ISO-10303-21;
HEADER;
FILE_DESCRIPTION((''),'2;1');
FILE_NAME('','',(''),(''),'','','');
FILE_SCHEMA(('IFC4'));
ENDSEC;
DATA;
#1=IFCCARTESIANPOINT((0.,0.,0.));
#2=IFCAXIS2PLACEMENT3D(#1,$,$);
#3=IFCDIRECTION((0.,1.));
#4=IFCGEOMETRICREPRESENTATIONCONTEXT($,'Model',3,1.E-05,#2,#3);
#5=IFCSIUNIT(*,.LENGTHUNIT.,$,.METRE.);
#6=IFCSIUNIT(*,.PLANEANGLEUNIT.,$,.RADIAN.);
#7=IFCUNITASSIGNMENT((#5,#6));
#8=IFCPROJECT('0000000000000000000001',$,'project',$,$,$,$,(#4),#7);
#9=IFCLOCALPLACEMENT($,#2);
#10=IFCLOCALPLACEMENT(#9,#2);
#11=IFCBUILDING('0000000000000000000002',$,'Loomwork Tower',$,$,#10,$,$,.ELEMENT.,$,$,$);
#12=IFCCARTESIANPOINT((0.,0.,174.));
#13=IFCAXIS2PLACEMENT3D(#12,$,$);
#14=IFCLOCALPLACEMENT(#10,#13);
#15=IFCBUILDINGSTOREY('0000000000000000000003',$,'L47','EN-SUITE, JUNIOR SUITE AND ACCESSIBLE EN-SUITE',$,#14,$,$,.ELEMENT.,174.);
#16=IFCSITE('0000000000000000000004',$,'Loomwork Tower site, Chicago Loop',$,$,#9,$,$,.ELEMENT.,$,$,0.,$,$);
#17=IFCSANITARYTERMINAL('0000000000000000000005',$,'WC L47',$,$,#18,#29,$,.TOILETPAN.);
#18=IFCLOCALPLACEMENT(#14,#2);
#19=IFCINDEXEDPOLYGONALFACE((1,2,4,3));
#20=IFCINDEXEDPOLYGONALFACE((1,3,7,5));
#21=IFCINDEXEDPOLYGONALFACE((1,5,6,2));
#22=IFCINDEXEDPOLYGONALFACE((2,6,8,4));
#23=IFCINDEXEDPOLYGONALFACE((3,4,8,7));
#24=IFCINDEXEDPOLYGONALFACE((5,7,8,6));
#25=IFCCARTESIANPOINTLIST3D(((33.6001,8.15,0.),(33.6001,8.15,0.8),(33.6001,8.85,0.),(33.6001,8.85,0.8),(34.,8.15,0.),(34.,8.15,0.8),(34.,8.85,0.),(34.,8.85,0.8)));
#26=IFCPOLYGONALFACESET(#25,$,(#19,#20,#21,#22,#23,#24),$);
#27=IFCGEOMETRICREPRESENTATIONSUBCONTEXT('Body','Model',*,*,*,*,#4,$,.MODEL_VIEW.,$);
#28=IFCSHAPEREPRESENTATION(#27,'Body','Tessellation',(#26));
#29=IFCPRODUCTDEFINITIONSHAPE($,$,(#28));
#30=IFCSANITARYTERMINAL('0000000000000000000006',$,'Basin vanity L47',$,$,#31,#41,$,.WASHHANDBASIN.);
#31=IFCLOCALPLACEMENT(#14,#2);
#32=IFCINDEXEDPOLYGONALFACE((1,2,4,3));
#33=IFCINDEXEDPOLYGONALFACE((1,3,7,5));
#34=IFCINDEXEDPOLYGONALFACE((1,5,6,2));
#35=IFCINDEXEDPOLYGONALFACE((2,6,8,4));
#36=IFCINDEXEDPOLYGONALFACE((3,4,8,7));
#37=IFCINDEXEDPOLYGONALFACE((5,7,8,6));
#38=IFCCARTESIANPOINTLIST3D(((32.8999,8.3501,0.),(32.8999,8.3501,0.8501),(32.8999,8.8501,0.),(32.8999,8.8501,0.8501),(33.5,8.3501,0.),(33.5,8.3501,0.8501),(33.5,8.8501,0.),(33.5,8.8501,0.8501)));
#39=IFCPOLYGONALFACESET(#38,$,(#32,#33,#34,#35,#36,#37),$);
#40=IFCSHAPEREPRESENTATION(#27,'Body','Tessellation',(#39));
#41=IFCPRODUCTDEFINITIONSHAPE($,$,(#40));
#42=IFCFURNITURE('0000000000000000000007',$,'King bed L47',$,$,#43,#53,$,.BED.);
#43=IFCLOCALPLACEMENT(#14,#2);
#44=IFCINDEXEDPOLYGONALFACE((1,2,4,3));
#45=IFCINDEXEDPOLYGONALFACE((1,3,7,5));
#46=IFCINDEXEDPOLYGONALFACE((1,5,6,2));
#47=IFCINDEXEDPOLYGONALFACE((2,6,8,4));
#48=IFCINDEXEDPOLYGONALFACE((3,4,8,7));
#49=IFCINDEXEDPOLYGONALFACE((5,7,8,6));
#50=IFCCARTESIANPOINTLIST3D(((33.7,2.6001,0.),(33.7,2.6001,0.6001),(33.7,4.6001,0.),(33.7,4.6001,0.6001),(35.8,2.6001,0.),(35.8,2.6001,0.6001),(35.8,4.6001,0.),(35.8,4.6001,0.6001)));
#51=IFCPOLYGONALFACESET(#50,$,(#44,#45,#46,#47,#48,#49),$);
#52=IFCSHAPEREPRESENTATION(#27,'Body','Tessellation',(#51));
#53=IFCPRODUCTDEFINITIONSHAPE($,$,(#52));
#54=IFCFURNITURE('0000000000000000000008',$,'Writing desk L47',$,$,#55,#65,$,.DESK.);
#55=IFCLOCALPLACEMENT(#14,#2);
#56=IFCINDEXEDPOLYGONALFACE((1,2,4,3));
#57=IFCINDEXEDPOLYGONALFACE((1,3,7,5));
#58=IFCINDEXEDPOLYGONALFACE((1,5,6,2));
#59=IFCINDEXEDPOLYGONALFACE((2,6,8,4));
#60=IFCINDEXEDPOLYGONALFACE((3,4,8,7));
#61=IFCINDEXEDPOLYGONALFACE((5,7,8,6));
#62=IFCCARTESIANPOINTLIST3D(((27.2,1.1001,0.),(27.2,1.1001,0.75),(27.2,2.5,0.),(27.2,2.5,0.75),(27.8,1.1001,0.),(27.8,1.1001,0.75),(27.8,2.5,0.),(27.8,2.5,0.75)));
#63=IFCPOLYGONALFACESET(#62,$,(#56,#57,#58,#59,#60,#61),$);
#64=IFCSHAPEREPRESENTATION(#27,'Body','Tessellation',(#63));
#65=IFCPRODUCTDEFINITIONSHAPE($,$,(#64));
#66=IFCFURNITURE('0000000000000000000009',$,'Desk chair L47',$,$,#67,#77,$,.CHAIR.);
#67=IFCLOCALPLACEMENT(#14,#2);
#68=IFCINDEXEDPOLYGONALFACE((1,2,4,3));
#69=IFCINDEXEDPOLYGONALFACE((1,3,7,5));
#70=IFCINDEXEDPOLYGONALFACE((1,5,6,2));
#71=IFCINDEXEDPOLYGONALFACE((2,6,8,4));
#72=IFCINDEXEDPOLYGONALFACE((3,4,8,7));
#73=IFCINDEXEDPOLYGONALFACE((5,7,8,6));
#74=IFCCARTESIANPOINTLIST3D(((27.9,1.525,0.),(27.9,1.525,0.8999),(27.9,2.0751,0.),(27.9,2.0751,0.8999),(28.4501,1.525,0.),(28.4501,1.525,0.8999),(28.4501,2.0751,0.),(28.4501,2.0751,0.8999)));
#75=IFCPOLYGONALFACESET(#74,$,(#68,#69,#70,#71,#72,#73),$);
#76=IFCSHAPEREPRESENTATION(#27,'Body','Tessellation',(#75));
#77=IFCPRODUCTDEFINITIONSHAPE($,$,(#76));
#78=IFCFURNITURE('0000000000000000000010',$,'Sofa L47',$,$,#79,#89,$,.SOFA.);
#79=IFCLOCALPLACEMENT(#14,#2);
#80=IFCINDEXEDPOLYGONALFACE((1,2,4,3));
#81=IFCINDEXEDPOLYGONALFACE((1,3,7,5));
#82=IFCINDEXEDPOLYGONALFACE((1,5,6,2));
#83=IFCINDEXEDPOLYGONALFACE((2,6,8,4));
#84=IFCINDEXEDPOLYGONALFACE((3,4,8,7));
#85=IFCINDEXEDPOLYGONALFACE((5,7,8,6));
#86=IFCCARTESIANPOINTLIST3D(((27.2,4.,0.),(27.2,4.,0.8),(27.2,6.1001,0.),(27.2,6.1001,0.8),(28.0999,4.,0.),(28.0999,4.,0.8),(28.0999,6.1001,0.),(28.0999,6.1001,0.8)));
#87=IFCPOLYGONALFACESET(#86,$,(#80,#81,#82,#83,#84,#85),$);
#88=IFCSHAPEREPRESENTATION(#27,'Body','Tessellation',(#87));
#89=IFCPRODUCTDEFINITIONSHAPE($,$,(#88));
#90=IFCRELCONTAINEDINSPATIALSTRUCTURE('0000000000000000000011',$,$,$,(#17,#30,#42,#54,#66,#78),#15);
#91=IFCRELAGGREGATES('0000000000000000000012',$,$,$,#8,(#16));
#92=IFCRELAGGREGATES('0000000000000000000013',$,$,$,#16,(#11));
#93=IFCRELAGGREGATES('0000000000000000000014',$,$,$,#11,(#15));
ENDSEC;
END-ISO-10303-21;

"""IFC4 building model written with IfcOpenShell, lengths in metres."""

from ifc_helpers import new_model, si_unit, direction, frame, origin, origin_2d, place, context, subcontext, project, spatial, rectangle, extrude, element, save


model = new_model("IFC4")

# Units and contexts
model_context = context("Model", 3, precision=1e-05, world=origin(), true_north=direction((0.0, 1.0)))
body_context = subcontext(model_context, "Body", "Model", "MODEL_VIEW")
ifc_project = project(units=[si_unit("LENGTHUNIT", "METRE"), si_unit("PLANEANGLEUNIT", "RADIAN")], contexts=[model_context])

# Site, building, storey
site_placement = place(None, origin())
site = spatial("IfcSite", under=ifc_project, at=site_placement, Name="Loomwork Tower site, Chicago Loop", CompositionType="ELEMENT", RefElevation=0.0)
building_placement = place(site_placement, origin())
building = spatial("IfcBuilding", under=site, at=building_placement, Name="Loomwork Tower", CompositionType="ELEMENT")
storey_placement = place(building_placement, frame((0.0, 0.0, 174.0)))
storey = spatial("IfcBuildingStorey", under=building, at=storey_placement, Name="L47", Description="EN-SUITE, JUNIOR SUITE AND ACCESSIBLE EN-SUITE", CompositionType="ELEMENT", Elevation=174.0)

# Sanitary terminals
sanitary_terminal_1_placement = place(storey_placement, frame((33.8, 8.5, 0.0), z_axis=(0.0, 0.0, 1.0), x_axis=(1.0, 0.0, 0.0)))
element("IfcSanitaryTerminal", 1, at=sanitary_terminal_1_placement, inside=storey, Name="WC L47", PredefinedType="TOILETPAN", context=body_context, shape_type="SweptSolid", body=[
    extrude(rectangle(XDim=0.3999, YDim=0.7, at=origin_2d()), origin(), (0.0, 0.0, 1.0), 0.8),
])
sanitary_terminal_2_placement = place(storey_placement, frame((33.2, 8.6001, 0.0), z_axis=(0.0, 0.0, 1.0), x_axis=(1.0, 0.0, 0.0)))
element("IfcSanitaryTerminal", 2, at=sanitary_terminal_2_placement, inside=storey, Name="Basin vanity L47", PredefinedType="WASHHANDBASIN", context=body_context, shape_type="SweptSolid", body=[
    extrude(rectangle(XDim=0.6001, YDim=0.5, at=origin_2d()), origin(), (0.0, 0.0, 1.0), 0.8501),
])

# Furniture
furniture_1_placement = place(storey_placement, frame((34.75, 3.6001, 0.0), z_axis=(0.0, 0.0, 1.0), x_axis=(1.0, 0.0, 0.0)))
element("IfcFurniture", 3, at=furniture_1_placement, inside=storey, Name="King bed L47", PredefinedType="BED", context=body_context, shape_type="SweptSolid", body=[
    extrude(rectangle(XDim=2.1001, YDim=2.0, at=origin_2d()), origin(), (0.0, 0.0, 1.0), 0.6001),
])
furniture_2_placement = place(storey_placement, frame((27.5, 1.8, 0.0), z_axis=(0.0, 0.0, 1.0), x_axis=(1.0, 0.0, 0.0)))
element("IfcFurniture", 4, at=furniture_2_placement, inside=storey, Name="Writing desk L47", PredefinedType="DESK", context=body_context, shape_type="SweptSolid", body=[
    extrude(rectangle(XDim=0.6001, YDim=1.3999, at=origin_2d()), origin(), (0.0, 0.0, 1.0), 0.75),
])
furniture_3_placement = place(storey_placement, frame((28.175, 1.8, 0.0), z_axis=(0.0, 0.0, 1.0), x_axis=(1.0, 0.0, 0.0)))
element("IfcFurniture", 5, at=furniture_3_placement, inside=storey, Name="Desk chair L47", PredefinedType="CHAIR", context=body_context, shape_type="SweptSolid", body=[
    extrude(rectangle(XDim=0.55, YDim=0.55, at=origin_2d()), origin(), (0.0, 0.0, 1.0), 0.8999),
])
furniture_4_placement = place(storey_placement, frame((27.6499, 5.05, 0.0), z_axis=(0.0, 0.0, 1.0), x_axis=(1.0, 0.0, 0.0)))
element("IfcFurniture", 6, at=furniture_4_placement, inside=storey, Name="Sofa L47", PredefinedType="SOFA", context=body_context, shape_type="SweptSolid", body=[
    extrude(rectangle(XDim=0.8999, YDim=2.1001, at=origin_2d()), origin(), (0.0, 0.0, 1.0), 0.8),
])

save(model, "model.ifc")
